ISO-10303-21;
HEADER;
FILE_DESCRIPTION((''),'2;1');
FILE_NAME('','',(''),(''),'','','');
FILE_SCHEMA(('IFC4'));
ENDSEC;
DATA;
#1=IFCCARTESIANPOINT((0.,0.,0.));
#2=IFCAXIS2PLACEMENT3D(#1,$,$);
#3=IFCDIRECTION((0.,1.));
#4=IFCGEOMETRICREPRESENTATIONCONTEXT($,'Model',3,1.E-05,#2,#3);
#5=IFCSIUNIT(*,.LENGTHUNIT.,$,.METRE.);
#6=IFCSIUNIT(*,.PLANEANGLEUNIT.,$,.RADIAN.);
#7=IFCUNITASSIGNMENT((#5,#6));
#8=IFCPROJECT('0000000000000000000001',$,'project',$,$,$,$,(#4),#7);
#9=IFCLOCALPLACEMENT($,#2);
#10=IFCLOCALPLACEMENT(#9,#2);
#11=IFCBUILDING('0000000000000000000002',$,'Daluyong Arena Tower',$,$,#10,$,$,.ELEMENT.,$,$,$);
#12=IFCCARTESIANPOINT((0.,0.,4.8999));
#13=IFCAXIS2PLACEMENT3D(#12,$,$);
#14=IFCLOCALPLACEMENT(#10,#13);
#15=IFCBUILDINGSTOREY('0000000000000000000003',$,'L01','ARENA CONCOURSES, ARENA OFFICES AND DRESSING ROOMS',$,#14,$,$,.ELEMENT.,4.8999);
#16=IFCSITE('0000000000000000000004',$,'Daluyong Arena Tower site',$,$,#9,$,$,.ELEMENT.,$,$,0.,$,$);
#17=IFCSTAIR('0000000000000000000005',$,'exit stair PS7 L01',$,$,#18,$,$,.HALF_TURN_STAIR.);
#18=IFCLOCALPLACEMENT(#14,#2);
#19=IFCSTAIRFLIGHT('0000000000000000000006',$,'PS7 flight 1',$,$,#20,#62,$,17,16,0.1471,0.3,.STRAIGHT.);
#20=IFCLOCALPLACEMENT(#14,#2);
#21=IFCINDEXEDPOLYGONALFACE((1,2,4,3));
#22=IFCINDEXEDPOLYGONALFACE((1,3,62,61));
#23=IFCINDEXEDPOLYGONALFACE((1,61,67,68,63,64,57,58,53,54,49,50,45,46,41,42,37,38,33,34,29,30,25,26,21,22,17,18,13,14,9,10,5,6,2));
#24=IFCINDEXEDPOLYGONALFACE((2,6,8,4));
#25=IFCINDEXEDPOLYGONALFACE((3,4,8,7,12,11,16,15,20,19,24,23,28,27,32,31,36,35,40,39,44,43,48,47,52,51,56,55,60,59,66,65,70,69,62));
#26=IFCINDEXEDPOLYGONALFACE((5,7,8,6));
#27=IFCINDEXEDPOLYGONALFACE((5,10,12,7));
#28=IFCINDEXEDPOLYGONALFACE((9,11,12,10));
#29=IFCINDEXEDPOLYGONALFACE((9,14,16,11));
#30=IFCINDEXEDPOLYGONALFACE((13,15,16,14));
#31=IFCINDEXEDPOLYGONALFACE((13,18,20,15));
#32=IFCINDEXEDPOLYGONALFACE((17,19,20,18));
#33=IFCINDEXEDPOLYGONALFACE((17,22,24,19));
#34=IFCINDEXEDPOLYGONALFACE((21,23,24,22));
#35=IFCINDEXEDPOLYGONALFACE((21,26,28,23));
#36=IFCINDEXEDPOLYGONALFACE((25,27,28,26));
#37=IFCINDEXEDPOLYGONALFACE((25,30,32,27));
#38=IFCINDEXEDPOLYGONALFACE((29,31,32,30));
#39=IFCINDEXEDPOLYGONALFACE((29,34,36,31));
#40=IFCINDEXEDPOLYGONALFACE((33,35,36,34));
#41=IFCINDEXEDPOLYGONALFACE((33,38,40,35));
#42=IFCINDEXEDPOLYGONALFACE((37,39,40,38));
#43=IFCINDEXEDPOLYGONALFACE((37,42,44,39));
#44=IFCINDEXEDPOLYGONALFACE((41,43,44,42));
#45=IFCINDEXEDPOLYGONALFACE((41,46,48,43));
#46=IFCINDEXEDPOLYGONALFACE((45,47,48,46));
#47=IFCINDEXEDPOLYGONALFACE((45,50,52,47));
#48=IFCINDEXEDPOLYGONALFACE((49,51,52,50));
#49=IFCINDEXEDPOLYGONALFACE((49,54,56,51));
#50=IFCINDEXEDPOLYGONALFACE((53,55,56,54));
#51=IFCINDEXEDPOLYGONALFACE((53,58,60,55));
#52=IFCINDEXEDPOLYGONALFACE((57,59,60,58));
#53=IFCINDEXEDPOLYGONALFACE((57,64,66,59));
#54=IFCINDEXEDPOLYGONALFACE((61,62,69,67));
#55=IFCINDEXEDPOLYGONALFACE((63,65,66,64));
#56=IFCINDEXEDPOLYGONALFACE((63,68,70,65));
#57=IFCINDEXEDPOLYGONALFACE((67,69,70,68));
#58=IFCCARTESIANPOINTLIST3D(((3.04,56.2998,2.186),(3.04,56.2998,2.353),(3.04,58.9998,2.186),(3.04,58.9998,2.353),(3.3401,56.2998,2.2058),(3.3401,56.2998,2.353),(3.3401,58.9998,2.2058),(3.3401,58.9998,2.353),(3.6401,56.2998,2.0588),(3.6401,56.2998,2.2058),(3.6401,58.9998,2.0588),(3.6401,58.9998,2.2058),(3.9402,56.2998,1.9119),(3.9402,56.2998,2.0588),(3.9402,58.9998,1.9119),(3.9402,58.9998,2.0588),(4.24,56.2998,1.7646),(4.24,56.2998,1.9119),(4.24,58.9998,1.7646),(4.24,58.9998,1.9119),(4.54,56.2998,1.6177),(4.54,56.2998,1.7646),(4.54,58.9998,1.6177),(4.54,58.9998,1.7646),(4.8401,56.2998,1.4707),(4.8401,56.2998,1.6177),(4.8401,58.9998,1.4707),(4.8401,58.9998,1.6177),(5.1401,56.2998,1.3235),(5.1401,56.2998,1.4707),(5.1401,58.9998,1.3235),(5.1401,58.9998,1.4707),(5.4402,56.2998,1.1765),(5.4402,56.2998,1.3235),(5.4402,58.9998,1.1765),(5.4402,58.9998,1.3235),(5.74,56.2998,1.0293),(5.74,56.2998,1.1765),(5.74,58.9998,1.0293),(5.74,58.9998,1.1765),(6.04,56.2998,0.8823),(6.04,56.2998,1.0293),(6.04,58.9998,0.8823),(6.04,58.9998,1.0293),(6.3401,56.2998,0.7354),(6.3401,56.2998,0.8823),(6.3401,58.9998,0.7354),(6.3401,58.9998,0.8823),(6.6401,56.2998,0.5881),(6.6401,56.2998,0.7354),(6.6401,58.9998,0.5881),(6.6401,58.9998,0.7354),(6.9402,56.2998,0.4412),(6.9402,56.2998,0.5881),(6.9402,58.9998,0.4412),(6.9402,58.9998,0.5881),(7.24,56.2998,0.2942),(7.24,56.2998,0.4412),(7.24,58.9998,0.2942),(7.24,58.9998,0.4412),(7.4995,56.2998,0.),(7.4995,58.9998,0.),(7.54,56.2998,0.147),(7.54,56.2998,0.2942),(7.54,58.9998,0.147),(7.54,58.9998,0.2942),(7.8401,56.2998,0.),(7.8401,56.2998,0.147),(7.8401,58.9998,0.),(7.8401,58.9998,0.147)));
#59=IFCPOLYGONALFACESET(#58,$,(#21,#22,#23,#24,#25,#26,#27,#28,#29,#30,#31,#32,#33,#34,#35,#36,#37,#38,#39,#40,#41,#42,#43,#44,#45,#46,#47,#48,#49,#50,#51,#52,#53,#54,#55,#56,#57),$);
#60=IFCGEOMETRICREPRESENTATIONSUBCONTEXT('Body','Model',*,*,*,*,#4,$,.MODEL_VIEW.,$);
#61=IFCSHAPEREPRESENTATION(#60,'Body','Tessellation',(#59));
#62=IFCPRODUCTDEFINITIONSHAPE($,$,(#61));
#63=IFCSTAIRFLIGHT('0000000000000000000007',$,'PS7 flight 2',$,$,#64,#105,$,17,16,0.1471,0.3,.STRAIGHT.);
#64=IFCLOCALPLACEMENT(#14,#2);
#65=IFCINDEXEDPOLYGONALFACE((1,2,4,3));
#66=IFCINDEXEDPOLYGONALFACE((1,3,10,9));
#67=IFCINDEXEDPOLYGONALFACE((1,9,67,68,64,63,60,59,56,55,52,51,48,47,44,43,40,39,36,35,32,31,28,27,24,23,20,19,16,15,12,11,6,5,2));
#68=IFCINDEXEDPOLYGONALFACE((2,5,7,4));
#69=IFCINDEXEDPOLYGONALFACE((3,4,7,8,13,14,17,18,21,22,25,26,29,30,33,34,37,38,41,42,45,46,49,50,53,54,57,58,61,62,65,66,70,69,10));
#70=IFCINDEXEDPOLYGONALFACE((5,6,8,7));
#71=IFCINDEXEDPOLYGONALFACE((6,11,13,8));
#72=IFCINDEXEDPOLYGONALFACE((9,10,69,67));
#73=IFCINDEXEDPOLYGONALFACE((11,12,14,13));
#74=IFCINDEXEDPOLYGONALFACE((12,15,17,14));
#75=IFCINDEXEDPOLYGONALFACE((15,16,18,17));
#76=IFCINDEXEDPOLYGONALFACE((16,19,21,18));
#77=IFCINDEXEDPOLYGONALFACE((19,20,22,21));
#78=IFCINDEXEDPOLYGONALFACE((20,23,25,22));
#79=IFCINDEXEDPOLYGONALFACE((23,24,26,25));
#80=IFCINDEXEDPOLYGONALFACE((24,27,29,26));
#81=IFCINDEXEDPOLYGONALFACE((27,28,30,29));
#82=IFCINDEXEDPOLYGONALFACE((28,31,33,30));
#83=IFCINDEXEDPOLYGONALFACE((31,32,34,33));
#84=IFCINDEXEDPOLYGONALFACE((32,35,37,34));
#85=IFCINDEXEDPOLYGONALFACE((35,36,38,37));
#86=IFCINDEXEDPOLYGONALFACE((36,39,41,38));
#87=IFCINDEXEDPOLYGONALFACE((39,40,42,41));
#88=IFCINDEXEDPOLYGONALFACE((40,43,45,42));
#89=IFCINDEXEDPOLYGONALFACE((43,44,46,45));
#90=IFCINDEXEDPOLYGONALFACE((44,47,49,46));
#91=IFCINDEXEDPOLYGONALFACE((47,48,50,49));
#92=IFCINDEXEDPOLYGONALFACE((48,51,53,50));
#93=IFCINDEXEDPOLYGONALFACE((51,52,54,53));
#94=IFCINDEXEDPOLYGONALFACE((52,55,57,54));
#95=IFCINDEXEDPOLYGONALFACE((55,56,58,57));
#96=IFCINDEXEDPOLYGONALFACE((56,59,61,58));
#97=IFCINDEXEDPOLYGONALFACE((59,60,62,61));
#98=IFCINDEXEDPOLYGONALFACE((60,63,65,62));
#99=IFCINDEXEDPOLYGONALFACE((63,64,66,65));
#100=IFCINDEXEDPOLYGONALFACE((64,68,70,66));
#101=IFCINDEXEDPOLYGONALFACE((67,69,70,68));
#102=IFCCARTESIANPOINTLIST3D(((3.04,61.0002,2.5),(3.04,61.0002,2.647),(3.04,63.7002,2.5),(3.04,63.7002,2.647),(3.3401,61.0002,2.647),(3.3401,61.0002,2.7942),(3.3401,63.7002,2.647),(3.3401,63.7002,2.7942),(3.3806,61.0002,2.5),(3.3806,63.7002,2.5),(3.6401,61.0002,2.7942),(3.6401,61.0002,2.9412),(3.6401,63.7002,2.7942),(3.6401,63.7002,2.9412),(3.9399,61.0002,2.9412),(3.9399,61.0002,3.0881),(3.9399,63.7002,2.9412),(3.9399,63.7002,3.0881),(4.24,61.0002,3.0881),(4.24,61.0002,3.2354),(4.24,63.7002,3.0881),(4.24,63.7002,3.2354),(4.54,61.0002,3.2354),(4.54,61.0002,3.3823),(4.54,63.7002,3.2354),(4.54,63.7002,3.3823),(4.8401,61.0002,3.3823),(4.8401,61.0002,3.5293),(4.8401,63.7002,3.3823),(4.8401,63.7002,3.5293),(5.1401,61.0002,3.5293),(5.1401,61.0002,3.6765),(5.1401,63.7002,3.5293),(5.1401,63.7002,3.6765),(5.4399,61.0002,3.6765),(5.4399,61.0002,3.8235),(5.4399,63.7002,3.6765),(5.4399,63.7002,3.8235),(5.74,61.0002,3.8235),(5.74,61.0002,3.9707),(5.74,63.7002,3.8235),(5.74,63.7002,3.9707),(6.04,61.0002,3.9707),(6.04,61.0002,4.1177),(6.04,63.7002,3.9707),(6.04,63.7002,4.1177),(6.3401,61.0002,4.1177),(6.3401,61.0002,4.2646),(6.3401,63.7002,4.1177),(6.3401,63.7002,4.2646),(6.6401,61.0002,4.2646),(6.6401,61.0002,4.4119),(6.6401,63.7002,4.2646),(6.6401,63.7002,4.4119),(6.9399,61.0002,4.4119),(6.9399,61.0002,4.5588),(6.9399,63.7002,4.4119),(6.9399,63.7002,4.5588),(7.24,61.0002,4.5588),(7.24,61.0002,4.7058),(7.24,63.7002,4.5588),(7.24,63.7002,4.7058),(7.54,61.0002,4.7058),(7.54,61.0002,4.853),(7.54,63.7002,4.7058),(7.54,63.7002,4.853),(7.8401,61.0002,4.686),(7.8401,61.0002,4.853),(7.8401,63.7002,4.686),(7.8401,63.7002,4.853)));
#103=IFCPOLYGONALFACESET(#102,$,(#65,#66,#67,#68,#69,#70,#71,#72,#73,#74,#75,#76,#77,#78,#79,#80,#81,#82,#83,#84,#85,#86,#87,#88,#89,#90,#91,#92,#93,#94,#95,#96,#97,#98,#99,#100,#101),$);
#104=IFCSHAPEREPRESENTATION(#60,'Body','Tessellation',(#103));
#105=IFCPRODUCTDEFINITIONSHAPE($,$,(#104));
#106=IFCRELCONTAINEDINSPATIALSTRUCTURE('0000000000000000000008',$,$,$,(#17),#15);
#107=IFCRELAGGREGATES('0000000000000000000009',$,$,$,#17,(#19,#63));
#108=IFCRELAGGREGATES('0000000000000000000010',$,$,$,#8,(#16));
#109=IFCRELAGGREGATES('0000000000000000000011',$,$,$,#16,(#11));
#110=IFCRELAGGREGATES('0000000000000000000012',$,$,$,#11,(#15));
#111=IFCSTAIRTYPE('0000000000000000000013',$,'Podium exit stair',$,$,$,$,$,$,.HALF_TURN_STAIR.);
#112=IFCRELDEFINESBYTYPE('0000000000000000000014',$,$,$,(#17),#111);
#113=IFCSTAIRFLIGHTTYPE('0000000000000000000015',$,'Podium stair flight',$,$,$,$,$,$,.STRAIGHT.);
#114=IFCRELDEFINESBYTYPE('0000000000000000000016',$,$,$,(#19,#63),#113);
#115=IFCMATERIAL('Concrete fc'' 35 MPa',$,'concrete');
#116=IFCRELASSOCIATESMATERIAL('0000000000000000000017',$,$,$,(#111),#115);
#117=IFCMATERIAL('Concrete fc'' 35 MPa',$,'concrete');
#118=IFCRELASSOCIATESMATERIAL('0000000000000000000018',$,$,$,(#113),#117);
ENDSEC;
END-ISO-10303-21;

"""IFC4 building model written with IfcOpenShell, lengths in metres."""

from ifc_helpers import new_model, si_unit, direction, frame, origin, place, context, subcontext, project, spatial, polyline, outline, extrude, material, type_object, element, aggregate, save


model = new_model("IFC4")

# Units and contexts
model_context = context("Model", 3, precision=1e-05, world=origin(), true_north=direction((0.0, 1.0)))
body_context = subcontext(model_context, "Body", "Model", "MODEL_VIEW")
ifc_project = project(units=[si_unit("LENGTHUNIT", "METRE"), si_unit("PLANEANGLEUNIT", "RADIAN")], contexts=[model_context])

# Site, building, storey
site_placement = place(None, origin())
site = spatial("IfcSite", under=ifc_project, at=site_placement, Name="Daluyong Arena Tower site", CompositionType="ELEMENT", RefElevation=0.0)
building_placement = place(site_placement, origin())
building = spatial("IfcBuilding", under=site, at=building_placement, Name="Daluyong Arena Tower", CompositionType="ELEMENT")
storey_placement = place(building_placement, frame((0.0, 0.0, 4.8999)))
storey = spatial("IfcBuildingStorey", under=building, at=storey_placement, Name="L01", Description="ARENA CONCOURSES, ARENA OFFICES AND DRESSING ROOMS", CompositionType="ELEMENT", Elevation=4.8999)

# Stair, stair flights
ifc_material_1 = material(Name="Concrete fc' 35 MPa", Category="concrete")
stair_type = type_object("IfcStairType", Name="Podium exit stair", PredefinedType="HALF_TURN_STAIR", material=ifc_material_1)
stair_placement = place(storey_placement, origin())
stair = element("IfcStair", 1, at=stair_placement, inside=storey, type_object=stair_type, Name="exit stair PS7 L01", PredefinedType="HALF_TURN_STAIR")
ifc_material_2 = material(Name="Concrete fc' 35 MPa", Category="concrete")
stair_flight_type = type_object("IfcStairFlightType", Name="Podium stair flight", PredefinedType="STRAIGHT", material=ifc_material_2)
stair_flight_1_placement = place(storey_placement, frame((7.8401, 57.6499, 0.0), z_axis=(0.0, 0.0, 1.0), x_axis=(-1.0, 0.0, 0.0)))
stair_flight_1 = element("IfcStairFlight", 2, at=stair_flight_1_placement, type_object=stair_flight_type, Name="PS7 flight 1", NumberOfRisers=17, NumberOfTreads=16, PredefinedType="STRAIGHT", RiserHeight=0.1471, TreadLength=0.3, context=body_context, shape_type="SweptSolid", body=[
    extrude(outline(polyline([(0.0, 0.0), (0.0, 0.147), (0.3, 0.147), (0.3, 0.2942), (0.6001, 0.2942), (0.6001, 0.4412), (0.8999, 0.4412), (0.8999, 0.5881), (1.2, 0.5881), (1.2, 0.7354), (1.5, 0.7354), (1.5, 0.8823), (1.8, 0.8823), (1.8, 1.0293), (2.1001, 1.0293), (2.1001, 1.1765), (2.3999, 1.1765), (2.3999, 1.3235), (2.7, 1.3235), (2.7, 1.4707), (3.0, 1.4707), (3.0, 1.6177), (3.3, 1.6177), (3.3, 1.7646), (3.6001, 1.7646), (3.6001, 1.9119), (3.8999, 1.9119), (3.8999, 2.0588), (4.2, 2.0588), (4.2, 2.2058), (4.5, 2.2058), (4.5, 2.353), (4.8, 2.353), (4.8, 2.5), (4.8, 2.186), (0.3406, 0.0), (0.0, 0.0)])), frame((0.0, 1.3501, 0.0), z_axis=(0.0, -1.0, 0.0), x_axis=(1.0, 0.0, 0.0)), (0.0, 0.0, 1.0), 2.7),
])
stair_flight_2_placement = place(storey_placement, frame((3.04, 62.3501, 2.5), z_axis=(0.0, 0.0, 1.0), x_axis=(1.0, 0.0, 0.0)))
stair_flight_2 = element("IfcStairFlight", 3, at=stair_flight_2_placement, type_object=stair_flight_type, Name="PS7 flight 2", NumberOfRisers=17, NumberOfTreads=16, PredefinedType="STRAIGHT", RiserHeight=0.1471, TreadLength=0.3, context=body_context, shape_type="SweptSolid", body=[
    extrude(outline(polyline([(0.0, 0.0), (0.0, 0.147), (0.3, 0.147), (0.3, 0.2942), (0.6001, 0.2942), (0.6001, 0.4412), (0.8999, 0.4412), (0.8999, 0.5881), (1.2, 0.5881), (1.2, 0.7354), (1.5, 0.7354), (1.5, 0.8823), (1.8, 0.8823), (1.8, 1.0293), (2.1001, 1.0293), (2.1001, 1.1765), (2.3999, 1.1765), (2.3999, 1.3235), (2.7, 1.3235), (2.7, 1.4707), (3.0, 1.4707), (3.0, 1.6177), (3.3, 1.6177), (3.3, 1.7646), (3.6001, 1.7646), (3.6001, 1.9119), (3.8999, 1.9119), (3.8999, 2.0588), (4.2, 2.0588), (4.2, 2.2058), (4.5, 2.2058), (4.5, 2.353), (4.8, 2.353), (4.8, 2.5), (4.8, 2.186), (0.3406, 0.0), (0.0, 0.0)])), frame((0.0, 1.3501, 0.0), z_axis=(0.0, -1.0, 0.0), x_axis=(1.0, 0.0, 0.0)), (0.0, 0.0, 1.0), 2.7),
])
aggregate(stair, [stair_flight_1, stair_flight_2])

save(model, "model.ifc")
